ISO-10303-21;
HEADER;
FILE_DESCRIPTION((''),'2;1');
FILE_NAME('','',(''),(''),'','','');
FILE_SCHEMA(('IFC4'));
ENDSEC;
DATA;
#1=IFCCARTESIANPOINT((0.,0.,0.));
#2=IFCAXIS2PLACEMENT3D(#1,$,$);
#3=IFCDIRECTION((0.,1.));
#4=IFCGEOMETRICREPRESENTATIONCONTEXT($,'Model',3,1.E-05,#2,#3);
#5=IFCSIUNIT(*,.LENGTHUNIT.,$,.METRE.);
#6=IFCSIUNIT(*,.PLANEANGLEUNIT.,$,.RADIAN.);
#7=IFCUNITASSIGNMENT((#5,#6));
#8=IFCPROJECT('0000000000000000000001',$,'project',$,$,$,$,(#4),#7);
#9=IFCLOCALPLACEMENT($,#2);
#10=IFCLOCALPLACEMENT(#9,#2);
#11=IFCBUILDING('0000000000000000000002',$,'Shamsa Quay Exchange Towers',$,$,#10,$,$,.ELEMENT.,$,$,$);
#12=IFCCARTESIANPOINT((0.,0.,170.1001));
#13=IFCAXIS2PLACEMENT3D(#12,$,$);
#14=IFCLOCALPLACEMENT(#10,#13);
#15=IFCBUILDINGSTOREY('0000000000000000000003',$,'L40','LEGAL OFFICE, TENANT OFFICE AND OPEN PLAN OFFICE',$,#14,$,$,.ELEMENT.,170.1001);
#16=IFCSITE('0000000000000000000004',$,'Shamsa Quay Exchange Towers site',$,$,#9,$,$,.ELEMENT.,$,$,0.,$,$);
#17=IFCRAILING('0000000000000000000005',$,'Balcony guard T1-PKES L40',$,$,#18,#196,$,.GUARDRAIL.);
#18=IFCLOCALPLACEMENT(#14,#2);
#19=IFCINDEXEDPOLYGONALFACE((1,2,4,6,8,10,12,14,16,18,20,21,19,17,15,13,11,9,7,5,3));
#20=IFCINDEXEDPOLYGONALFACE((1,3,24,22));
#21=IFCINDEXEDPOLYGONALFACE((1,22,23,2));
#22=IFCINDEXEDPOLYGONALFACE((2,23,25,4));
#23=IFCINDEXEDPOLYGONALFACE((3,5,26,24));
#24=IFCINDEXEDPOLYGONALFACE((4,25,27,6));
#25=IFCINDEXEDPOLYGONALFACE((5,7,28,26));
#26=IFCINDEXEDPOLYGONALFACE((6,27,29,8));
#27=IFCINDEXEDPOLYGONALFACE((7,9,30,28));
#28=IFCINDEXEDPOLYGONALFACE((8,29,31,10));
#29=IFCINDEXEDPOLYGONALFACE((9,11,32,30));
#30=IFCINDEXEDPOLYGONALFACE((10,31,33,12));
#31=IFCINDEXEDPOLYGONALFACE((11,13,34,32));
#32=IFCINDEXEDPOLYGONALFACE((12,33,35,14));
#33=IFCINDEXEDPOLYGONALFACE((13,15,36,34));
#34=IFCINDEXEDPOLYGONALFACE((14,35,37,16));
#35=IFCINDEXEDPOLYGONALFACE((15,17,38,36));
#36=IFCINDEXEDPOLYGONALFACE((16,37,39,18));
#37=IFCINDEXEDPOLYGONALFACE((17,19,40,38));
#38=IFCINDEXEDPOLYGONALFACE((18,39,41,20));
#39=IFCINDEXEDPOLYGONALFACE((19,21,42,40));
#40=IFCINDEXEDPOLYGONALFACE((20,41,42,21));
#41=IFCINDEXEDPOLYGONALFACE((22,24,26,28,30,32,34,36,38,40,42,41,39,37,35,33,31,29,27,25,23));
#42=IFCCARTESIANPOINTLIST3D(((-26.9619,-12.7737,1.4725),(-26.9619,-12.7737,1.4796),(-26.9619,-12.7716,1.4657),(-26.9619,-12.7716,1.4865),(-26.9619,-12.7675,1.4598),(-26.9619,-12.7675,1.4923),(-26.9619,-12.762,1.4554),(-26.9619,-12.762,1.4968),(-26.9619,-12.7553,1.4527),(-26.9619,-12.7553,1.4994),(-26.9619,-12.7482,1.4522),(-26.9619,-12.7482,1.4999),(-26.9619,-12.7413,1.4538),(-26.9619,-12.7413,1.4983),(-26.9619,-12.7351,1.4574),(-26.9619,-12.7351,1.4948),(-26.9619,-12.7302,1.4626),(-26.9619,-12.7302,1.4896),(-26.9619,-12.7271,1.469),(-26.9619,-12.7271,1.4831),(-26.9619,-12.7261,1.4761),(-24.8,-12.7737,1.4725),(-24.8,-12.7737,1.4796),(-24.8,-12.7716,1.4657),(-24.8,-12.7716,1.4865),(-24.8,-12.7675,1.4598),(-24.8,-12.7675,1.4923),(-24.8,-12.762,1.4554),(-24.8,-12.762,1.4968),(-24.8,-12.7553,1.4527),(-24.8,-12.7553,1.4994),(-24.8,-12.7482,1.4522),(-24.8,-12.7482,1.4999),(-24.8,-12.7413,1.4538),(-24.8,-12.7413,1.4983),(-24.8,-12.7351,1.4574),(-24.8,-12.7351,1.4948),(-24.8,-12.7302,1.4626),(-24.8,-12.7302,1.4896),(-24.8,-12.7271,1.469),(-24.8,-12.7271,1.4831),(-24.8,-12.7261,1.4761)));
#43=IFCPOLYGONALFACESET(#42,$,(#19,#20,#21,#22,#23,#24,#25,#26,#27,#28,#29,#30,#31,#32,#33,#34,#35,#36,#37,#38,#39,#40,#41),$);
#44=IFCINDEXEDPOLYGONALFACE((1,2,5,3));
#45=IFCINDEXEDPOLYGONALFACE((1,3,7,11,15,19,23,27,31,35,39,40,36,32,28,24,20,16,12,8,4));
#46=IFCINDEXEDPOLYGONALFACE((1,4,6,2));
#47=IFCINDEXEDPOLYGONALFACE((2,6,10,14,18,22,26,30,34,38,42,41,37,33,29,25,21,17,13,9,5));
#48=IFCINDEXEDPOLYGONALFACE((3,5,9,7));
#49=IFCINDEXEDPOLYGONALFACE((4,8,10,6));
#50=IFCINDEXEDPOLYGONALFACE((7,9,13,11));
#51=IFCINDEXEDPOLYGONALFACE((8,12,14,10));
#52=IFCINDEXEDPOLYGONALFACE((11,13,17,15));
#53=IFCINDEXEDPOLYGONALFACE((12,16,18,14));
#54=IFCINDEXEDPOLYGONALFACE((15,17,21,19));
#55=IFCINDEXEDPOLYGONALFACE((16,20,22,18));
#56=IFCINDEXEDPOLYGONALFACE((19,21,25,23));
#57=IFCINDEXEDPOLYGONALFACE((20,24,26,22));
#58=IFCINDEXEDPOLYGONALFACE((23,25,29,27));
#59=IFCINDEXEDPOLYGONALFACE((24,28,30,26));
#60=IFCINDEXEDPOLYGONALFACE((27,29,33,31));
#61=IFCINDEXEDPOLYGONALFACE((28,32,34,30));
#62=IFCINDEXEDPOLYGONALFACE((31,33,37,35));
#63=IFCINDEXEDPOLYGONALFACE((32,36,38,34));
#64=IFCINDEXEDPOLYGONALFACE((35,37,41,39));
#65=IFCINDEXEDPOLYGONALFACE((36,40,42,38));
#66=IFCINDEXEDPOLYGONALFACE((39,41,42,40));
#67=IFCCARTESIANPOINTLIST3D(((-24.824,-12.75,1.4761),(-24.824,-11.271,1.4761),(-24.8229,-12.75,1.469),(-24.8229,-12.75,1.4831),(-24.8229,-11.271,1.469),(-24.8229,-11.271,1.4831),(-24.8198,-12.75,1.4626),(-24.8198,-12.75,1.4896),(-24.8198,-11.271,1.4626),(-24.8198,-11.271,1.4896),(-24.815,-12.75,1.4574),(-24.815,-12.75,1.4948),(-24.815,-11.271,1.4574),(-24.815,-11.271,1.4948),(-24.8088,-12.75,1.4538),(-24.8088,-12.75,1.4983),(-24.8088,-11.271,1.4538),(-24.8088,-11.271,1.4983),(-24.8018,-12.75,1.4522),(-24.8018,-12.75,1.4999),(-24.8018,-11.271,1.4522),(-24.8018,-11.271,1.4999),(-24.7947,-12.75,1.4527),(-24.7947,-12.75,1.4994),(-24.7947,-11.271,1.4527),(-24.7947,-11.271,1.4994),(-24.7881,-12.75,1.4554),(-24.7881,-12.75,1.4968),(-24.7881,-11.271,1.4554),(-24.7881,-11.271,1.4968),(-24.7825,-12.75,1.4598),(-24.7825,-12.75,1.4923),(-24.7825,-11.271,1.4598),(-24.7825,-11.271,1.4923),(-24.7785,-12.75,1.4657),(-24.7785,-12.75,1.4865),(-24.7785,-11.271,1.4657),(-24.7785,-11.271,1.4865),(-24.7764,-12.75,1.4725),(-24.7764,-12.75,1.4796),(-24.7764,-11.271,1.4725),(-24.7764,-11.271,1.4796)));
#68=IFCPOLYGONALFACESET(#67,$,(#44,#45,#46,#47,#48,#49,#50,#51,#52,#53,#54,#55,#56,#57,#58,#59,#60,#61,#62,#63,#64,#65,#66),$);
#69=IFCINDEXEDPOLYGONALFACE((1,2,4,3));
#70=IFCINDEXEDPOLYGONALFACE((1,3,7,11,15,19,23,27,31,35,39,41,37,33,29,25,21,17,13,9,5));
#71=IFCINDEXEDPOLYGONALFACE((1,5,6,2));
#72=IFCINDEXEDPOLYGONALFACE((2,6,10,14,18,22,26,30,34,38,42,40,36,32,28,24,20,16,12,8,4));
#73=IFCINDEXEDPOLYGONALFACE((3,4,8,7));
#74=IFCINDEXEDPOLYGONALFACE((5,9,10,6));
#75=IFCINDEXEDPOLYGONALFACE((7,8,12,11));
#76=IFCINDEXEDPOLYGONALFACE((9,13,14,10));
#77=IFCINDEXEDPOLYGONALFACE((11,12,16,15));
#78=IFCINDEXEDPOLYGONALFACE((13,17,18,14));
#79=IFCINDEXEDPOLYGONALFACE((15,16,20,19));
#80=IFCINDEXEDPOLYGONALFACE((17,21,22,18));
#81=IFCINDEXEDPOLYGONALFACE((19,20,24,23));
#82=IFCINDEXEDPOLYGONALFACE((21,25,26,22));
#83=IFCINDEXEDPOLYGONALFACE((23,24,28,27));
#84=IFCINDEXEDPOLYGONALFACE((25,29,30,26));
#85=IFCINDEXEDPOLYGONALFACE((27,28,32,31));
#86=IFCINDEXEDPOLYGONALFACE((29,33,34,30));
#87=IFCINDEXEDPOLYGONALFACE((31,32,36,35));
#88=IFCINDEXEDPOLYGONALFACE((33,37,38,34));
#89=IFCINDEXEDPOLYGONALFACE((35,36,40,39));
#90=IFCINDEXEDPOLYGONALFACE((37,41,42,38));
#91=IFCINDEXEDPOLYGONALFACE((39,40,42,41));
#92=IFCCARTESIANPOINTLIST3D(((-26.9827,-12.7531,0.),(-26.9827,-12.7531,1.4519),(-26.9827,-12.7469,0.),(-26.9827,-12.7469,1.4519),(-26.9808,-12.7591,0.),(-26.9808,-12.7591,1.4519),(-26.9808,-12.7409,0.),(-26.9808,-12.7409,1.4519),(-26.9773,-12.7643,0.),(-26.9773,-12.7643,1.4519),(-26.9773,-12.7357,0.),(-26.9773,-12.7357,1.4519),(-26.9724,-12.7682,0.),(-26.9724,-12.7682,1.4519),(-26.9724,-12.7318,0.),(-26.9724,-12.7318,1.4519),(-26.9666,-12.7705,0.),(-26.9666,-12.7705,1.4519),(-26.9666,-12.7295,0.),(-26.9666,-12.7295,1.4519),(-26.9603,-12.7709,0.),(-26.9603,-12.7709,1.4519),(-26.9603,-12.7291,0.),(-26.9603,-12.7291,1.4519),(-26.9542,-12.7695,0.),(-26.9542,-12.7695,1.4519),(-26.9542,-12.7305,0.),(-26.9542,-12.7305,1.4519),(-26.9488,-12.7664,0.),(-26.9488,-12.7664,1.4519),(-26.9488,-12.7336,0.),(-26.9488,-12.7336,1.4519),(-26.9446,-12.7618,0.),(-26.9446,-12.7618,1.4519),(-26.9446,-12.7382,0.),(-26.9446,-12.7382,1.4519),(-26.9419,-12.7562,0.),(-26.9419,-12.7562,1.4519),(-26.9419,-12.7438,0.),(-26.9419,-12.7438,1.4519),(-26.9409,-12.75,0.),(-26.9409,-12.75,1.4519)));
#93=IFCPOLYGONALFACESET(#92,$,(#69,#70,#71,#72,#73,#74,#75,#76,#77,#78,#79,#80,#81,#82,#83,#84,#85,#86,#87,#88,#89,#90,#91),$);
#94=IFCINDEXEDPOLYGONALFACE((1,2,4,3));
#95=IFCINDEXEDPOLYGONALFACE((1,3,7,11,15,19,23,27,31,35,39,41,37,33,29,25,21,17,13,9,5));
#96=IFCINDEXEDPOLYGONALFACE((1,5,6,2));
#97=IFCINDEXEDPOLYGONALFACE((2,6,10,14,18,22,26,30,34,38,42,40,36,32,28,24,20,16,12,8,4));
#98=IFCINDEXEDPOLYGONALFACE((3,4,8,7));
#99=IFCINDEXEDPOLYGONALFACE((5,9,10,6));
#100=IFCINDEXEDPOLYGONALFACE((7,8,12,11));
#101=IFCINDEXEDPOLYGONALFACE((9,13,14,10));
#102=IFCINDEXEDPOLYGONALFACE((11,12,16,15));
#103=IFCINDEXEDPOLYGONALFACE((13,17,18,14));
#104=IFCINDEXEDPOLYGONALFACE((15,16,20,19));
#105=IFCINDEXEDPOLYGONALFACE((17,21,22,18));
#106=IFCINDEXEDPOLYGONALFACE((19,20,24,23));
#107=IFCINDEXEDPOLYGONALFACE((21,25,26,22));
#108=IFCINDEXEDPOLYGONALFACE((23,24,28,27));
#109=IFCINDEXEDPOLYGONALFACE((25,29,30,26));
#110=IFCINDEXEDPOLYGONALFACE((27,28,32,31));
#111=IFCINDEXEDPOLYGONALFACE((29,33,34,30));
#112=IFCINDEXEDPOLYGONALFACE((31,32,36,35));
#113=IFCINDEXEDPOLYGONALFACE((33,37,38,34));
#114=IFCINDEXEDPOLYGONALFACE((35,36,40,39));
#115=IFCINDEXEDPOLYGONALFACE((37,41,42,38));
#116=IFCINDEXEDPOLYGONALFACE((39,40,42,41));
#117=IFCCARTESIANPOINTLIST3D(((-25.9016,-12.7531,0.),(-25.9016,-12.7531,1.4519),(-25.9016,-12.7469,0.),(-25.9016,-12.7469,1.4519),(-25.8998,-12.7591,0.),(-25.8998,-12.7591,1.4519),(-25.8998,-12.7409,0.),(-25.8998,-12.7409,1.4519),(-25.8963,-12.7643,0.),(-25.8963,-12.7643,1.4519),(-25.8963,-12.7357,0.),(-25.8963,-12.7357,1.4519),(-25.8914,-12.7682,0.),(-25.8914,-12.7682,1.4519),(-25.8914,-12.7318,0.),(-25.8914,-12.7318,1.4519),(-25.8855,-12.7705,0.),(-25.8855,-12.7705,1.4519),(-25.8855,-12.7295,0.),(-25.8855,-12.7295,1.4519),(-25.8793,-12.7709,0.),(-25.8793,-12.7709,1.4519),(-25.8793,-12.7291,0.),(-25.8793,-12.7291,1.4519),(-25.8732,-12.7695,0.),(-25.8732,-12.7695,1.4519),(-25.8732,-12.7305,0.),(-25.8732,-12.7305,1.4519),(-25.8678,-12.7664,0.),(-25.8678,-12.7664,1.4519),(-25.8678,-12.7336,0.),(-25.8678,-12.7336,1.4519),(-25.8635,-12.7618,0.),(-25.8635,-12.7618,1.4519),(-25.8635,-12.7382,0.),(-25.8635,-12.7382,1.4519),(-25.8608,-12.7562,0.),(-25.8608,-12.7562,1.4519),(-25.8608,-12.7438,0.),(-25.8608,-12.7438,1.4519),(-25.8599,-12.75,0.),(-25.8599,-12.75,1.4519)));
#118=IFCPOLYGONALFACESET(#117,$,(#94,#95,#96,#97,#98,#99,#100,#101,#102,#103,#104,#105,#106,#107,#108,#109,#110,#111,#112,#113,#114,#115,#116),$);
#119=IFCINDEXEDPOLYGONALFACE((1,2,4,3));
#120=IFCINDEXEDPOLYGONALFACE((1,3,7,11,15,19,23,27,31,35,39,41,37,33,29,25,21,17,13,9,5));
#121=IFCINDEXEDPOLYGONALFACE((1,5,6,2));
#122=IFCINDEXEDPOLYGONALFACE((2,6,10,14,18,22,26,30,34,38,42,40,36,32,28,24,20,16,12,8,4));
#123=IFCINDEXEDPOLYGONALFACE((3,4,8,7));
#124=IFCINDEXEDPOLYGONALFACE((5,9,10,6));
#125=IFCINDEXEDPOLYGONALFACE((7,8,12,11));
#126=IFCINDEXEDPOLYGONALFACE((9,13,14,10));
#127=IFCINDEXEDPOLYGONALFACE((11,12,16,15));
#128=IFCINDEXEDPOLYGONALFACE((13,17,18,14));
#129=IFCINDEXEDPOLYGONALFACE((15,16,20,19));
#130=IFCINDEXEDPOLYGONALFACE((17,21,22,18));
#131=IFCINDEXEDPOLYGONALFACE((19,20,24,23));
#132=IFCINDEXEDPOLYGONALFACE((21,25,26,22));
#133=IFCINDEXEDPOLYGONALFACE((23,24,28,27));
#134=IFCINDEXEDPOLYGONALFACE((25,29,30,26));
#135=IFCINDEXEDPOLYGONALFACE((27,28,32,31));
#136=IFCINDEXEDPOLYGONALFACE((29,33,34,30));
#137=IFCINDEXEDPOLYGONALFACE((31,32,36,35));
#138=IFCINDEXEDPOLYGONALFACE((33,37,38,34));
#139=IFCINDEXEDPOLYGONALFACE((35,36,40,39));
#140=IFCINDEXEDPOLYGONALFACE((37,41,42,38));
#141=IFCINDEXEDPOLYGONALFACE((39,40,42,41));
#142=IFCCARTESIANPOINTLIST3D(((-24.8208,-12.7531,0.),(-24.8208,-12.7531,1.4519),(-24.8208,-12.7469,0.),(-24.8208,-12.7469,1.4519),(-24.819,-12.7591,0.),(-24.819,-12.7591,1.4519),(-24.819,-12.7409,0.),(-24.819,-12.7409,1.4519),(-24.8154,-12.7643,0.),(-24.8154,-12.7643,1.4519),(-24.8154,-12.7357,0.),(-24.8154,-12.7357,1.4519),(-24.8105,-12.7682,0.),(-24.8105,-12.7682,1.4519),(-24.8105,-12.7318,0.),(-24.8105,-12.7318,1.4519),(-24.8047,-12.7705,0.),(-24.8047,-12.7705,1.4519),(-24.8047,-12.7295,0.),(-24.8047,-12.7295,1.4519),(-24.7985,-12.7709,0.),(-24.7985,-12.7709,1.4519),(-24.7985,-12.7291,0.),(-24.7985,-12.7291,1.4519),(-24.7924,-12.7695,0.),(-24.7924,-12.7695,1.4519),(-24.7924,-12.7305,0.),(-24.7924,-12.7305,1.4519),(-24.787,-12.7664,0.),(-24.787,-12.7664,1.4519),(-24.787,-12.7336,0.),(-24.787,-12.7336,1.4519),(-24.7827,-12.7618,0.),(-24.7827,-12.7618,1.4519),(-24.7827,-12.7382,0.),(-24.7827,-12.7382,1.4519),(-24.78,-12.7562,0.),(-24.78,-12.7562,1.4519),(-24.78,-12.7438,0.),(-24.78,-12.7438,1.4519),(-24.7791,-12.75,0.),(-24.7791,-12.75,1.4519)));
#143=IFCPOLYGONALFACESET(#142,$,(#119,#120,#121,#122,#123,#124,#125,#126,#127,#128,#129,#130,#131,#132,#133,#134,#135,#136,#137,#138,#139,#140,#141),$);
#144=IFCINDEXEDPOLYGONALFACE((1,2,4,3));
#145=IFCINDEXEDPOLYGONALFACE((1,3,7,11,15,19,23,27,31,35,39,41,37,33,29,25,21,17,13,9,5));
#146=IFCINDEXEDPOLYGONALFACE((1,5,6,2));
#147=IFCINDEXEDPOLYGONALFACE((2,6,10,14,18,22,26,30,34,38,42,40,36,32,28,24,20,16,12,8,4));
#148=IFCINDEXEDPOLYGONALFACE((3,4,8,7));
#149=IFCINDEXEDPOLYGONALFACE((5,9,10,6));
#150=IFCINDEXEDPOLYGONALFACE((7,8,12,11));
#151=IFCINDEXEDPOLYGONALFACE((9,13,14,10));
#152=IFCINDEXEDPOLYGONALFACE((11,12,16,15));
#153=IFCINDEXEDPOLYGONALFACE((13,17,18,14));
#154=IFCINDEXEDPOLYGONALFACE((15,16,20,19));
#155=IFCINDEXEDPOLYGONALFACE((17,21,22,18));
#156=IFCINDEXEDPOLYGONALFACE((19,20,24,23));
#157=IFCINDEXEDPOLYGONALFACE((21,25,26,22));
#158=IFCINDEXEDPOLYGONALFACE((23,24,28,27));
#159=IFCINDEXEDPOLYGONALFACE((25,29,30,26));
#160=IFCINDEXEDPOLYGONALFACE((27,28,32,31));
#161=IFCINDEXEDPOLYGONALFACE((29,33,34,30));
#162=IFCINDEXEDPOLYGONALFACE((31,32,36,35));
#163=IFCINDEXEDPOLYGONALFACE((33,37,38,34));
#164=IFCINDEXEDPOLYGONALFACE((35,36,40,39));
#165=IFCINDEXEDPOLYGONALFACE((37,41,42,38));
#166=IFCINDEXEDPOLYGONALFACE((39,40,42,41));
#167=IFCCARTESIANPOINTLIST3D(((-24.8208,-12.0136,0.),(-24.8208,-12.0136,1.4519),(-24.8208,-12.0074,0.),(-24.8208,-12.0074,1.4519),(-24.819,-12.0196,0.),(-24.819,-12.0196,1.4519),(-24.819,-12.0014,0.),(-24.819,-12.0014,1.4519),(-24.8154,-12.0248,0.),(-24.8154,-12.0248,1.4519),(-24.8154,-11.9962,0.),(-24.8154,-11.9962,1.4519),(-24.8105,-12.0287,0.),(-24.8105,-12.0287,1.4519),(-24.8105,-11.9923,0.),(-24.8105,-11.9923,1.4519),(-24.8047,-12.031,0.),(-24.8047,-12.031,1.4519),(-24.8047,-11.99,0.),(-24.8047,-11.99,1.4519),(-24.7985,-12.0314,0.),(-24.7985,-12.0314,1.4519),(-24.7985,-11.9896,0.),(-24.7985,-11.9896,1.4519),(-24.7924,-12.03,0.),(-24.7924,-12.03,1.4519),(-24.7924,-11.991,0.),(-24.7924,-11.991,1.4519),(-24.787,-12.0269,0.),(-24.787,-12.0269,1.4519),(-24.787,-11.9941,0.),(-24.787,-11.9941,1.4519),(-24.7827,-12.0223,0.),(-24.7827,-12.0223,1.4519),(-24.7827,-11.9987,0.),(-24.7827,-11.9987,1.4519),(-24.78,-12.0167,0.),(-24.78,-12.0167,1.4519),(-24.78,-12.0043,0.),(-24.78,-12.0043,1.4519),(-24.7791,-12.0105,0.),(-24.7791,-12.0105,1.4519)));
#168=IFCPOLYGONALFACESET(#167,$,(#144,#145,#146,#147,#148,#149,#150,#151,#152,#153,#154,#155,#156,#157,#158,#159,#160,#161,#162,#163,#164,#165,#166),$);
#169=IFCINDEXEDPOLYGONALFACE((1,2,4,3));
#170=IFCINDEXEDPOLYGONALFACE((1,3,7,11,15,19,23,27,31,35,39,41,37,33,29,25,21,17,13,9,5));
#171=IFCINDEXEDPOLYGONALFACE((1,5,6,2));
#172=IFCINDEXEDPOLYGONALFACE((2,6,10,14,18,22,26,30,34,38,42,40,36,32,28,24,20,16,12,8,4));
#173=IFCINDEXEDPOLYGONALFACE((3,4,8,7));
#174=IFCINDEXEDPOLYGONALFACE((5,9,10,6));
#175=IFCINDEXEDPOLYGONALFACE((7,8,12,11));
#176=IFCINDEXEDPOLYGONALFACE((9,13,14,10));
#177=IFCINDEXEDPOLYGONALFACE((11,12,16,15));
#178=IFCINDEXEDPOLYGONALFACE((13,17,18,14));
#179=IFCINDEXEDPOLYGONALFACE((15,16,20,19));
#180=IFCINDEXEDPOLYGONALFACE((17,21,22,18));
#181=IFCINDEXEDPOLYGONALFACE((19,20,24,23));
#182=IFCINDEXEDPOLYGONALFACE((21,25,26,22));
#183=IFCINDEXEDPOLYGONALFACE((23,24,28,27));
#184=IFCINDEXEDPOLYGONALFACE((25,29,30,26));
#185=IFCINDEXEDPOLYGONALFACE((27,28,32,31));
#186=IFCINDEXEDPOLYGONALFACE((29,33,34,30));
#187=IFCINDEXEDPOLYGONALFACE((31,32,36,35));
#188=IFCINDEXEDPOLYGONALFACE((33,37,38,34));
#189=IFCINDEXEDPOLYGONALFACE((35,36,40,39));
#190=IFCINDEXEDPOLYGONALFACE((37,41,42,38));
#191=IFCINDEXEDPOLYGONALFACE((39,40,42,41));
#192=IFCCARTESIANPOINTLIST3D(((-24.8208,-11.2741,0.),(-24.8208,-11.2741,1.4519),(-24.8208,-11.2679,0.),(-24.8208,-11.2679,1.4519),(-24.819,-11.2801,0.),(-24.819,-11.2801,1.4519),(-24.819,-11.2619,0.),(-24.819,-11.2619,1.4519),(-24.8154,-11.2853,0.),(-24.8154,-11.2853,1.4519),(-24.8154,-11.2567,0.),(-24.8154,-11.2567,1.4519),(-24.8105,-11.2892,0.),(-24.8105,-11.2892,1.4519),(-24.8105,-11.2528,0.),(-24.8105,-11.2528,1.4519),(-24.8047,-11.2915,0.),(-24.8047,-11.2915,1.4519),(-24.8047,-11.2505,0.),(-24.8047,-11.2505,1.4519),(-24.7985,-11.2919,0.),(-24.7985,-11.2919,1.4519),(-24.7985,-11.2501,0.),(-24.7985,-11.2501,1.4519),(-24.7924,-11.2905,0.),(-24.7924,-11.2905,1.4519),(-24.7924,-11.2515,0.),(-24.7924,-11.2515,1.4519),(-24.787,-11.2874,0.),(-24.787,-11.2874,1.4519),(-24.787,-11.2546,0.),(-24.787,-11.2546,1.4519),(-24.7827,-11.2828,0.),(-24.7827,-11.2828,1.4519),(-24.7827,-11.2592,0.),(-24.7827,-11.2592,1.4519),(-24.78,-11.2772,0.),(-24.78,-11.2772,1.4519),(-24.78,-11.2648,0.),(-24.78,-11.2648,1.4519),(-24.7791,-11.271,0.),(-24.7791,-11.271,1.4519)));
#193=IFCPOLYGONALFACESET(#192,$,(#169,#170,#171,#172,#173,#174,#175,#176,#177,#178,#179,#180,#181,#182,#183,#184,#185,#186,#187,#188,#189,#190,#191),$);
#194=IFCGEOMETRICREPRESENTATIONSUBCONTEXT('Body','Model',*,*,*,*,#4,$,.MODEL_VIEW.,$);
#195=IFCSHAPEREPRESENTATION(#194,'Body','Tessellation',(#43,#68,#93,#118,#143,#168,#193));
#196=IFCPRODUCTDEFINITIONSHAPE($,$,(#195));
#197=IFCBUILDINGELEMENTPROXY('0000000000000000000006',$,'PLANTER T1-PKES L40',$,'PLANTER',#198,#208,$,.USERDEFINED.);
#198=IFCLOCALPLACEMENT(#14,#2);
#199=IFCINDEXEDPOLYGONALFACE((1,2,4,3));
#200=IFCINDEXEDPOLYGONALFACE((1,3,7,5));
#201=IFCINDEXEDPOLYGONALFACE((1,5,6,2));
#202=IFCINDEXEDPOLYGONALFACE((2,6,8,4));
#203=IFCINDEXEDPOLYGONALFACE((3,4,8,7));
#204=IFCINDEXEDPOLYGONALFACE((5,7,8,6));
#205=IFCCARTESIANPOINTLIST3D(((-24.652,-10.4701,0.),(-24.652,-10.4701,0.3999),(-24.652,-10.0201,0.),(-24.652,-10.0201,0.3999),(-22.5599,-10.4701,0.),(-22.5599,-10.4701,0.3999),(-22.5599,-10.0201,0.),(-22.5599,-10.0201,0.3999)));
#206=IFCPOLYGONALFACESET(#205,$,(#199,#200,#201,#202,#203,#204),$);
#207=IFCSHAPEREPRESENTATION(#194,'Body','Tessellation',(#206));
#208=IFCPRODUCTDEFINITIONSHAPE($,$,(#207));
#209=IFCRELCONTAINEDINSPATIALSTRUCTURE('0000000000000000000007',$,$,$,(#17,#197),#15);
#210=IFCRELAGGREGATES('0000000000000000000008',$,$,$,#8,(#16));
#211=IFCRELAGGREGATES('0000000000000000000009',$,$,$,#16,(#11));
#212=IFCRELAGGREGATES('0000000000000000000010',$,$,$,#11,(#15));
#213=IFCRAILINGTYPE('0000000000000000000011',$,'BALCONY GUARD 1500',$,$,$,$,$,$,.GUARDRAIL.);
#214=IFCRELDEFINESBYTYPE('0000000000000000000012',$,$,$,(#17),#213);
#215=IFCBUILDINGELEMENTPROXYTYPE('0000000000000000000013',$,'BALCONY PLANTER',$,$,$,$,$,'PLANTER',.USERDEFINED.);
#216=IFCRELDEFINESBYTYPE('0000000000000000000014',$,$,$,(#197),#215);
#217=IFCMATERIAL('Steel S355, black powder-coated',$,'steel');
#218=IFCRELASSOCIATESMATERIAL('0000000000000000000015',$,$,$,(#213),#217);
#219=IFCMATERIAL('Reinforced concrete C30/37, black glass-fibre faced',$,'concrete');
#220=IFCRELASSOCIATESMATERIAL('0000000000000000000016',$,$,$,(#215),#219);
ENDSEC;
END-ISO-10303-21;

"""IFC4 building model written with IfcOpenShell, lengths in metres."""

from ifc_helpers import new_model, si_unit, direction, frame, origin, origin_2d, place, context, subcontext, project, spatial, rectangle, circle, extrude, material, type_object, element, save


model = new_model("IFC4")

# Units and contexts
model_context = context("Model", 3, precision=1e-05, world=origin(), true_north=direction((0.0, 1.0)))
body_context = subcontext(model_context, "Body", "Model", "MODEL_VIEW")
ifc_project = project(units=[si_unit("LENGTHUNIT", "METRE"), si_unit("PLANEANGLEUNIT", "RADIAN")], contexts=[model_context])

# Site, building, storey
site_placement = place(None, origin())
site = spatial("IfcSite", under=ifc_project, at=site_placement, Name="Shamsa Quay Exchange Towers site", CompositionType="ELEMENT", RefElevation=0.0)
building_placement = place(site_placement, origin())
building = spatial("IfcBuilding", under=site, at=building_placement, Name="Shamsa Quay Exchange Towers", CompositionType="ELEMENT")
storey_placement = place(building_placement, frame((0.0, 0.0, 170.1001)))
storey = spatial("IfcBuildingStorey", under=building, at=storey_placement, Name="L40", Description="LEGAL OFFICE, TENANT OFFICE AND OPEN PLAN OFFICE", CompositionType="ELEMENT", Elevation=170.1001)

# Railing
ifc_material_1 = material(Name="Steel S355, black powder-coated", Category="steel")
railing_type_1 = type_object("IfcRailingType", Name="BALCONY GUARD 1500", PredefinedType="GUARDRAIL", material=ifc_material_1)
for number, where, name in (
    (1, (-26.9619, -12.75, 0.0), "Balcony guard T1-PKES L40"),
):
    element("IfcRailing", number, at=place(storey_placement, frame(where)), inside=storey, type_object=railing_type_1, Name=name, PredefinedType="GUARDRAIL", context=body_context, shape_type="SweptSolid", body=[
        extrude(circle(Radius=0.0239, at=origin_2d()), frame((0.0, 0.0, 1.4761), z_axis=(1.0, 0.0, 0.0), x_axis=(0.0, 1.0, 0.0)), (0.0, 0.0, 1.0), 2.1619),
        extrude(circle(Radius=0.0239, at=origin_2d()), frame((2.1619, 0.0, 1.4761), z_axis=(0.0, 1.0, 0.0), x_axis=(-1.0, 0.0, 0.0)), (0.0, 0.0, 1.0), 1.479),
        extrude(circle(Radius=0.021, at=origin_2d()), origin(), (0.0, 0.0, 1.0), 1.4519),
        extrude(circle(Radius=0.021, at=origin_2d()), frame((1.0811, 0.0, 0.0)), (0.0, 0.0, 1.0), 1.4519),
        extrude(circle(Radius=0.021, at=origin_2d()), frame((2.1619, 0.0, 0.0)), (0.0, 0.0, 1.0), 1.4519),
        extrude(circle(Radius=0.021, at=origin_2d()), frame((2.1619, 0.7395, 0.0)), (0.0, 0.0, 1.0), 1.4519),
        extrude(circle(Radius=0.021, at=origin_2d()), frame((2.1619, 1.479, 0.0)), (0.0, 0.0, 1.0), 1.4519),
    ])

# Building element proxy
ifc_material_2 = material(Name="Reinforced concrete C30/37, black glass-fibre faced", Category="concrete")
building_element_proxy_type = type_object("IfcBuildingElementProxyType", Name="BALCONY PLANTER", ElementType="PLANTER", PredefinedType="USERDEFINED", material=ifc_material_2)
for number, where, name in (
    (2, (-23.606, -10.2451, 0.0), "PLANTER T1-PKES L40"),
):
    element("IfcBuildingElementProxy", number, at=place(storey_placement, frame(where)), inside=storey, type_object=building_element_proxy_type, Name=name, ObjectType="PLANTER", PredefinedType="USERDEFINED", context=body_context, shape_type="SweptSolid", body=[
        extrude(rectangle(XDim=2.092, YDim=0.45, at=origin_2d()), origin(), (0.0, 0.0, 1.0), 0.3999),
    ])

save(model, "model.ifc")
